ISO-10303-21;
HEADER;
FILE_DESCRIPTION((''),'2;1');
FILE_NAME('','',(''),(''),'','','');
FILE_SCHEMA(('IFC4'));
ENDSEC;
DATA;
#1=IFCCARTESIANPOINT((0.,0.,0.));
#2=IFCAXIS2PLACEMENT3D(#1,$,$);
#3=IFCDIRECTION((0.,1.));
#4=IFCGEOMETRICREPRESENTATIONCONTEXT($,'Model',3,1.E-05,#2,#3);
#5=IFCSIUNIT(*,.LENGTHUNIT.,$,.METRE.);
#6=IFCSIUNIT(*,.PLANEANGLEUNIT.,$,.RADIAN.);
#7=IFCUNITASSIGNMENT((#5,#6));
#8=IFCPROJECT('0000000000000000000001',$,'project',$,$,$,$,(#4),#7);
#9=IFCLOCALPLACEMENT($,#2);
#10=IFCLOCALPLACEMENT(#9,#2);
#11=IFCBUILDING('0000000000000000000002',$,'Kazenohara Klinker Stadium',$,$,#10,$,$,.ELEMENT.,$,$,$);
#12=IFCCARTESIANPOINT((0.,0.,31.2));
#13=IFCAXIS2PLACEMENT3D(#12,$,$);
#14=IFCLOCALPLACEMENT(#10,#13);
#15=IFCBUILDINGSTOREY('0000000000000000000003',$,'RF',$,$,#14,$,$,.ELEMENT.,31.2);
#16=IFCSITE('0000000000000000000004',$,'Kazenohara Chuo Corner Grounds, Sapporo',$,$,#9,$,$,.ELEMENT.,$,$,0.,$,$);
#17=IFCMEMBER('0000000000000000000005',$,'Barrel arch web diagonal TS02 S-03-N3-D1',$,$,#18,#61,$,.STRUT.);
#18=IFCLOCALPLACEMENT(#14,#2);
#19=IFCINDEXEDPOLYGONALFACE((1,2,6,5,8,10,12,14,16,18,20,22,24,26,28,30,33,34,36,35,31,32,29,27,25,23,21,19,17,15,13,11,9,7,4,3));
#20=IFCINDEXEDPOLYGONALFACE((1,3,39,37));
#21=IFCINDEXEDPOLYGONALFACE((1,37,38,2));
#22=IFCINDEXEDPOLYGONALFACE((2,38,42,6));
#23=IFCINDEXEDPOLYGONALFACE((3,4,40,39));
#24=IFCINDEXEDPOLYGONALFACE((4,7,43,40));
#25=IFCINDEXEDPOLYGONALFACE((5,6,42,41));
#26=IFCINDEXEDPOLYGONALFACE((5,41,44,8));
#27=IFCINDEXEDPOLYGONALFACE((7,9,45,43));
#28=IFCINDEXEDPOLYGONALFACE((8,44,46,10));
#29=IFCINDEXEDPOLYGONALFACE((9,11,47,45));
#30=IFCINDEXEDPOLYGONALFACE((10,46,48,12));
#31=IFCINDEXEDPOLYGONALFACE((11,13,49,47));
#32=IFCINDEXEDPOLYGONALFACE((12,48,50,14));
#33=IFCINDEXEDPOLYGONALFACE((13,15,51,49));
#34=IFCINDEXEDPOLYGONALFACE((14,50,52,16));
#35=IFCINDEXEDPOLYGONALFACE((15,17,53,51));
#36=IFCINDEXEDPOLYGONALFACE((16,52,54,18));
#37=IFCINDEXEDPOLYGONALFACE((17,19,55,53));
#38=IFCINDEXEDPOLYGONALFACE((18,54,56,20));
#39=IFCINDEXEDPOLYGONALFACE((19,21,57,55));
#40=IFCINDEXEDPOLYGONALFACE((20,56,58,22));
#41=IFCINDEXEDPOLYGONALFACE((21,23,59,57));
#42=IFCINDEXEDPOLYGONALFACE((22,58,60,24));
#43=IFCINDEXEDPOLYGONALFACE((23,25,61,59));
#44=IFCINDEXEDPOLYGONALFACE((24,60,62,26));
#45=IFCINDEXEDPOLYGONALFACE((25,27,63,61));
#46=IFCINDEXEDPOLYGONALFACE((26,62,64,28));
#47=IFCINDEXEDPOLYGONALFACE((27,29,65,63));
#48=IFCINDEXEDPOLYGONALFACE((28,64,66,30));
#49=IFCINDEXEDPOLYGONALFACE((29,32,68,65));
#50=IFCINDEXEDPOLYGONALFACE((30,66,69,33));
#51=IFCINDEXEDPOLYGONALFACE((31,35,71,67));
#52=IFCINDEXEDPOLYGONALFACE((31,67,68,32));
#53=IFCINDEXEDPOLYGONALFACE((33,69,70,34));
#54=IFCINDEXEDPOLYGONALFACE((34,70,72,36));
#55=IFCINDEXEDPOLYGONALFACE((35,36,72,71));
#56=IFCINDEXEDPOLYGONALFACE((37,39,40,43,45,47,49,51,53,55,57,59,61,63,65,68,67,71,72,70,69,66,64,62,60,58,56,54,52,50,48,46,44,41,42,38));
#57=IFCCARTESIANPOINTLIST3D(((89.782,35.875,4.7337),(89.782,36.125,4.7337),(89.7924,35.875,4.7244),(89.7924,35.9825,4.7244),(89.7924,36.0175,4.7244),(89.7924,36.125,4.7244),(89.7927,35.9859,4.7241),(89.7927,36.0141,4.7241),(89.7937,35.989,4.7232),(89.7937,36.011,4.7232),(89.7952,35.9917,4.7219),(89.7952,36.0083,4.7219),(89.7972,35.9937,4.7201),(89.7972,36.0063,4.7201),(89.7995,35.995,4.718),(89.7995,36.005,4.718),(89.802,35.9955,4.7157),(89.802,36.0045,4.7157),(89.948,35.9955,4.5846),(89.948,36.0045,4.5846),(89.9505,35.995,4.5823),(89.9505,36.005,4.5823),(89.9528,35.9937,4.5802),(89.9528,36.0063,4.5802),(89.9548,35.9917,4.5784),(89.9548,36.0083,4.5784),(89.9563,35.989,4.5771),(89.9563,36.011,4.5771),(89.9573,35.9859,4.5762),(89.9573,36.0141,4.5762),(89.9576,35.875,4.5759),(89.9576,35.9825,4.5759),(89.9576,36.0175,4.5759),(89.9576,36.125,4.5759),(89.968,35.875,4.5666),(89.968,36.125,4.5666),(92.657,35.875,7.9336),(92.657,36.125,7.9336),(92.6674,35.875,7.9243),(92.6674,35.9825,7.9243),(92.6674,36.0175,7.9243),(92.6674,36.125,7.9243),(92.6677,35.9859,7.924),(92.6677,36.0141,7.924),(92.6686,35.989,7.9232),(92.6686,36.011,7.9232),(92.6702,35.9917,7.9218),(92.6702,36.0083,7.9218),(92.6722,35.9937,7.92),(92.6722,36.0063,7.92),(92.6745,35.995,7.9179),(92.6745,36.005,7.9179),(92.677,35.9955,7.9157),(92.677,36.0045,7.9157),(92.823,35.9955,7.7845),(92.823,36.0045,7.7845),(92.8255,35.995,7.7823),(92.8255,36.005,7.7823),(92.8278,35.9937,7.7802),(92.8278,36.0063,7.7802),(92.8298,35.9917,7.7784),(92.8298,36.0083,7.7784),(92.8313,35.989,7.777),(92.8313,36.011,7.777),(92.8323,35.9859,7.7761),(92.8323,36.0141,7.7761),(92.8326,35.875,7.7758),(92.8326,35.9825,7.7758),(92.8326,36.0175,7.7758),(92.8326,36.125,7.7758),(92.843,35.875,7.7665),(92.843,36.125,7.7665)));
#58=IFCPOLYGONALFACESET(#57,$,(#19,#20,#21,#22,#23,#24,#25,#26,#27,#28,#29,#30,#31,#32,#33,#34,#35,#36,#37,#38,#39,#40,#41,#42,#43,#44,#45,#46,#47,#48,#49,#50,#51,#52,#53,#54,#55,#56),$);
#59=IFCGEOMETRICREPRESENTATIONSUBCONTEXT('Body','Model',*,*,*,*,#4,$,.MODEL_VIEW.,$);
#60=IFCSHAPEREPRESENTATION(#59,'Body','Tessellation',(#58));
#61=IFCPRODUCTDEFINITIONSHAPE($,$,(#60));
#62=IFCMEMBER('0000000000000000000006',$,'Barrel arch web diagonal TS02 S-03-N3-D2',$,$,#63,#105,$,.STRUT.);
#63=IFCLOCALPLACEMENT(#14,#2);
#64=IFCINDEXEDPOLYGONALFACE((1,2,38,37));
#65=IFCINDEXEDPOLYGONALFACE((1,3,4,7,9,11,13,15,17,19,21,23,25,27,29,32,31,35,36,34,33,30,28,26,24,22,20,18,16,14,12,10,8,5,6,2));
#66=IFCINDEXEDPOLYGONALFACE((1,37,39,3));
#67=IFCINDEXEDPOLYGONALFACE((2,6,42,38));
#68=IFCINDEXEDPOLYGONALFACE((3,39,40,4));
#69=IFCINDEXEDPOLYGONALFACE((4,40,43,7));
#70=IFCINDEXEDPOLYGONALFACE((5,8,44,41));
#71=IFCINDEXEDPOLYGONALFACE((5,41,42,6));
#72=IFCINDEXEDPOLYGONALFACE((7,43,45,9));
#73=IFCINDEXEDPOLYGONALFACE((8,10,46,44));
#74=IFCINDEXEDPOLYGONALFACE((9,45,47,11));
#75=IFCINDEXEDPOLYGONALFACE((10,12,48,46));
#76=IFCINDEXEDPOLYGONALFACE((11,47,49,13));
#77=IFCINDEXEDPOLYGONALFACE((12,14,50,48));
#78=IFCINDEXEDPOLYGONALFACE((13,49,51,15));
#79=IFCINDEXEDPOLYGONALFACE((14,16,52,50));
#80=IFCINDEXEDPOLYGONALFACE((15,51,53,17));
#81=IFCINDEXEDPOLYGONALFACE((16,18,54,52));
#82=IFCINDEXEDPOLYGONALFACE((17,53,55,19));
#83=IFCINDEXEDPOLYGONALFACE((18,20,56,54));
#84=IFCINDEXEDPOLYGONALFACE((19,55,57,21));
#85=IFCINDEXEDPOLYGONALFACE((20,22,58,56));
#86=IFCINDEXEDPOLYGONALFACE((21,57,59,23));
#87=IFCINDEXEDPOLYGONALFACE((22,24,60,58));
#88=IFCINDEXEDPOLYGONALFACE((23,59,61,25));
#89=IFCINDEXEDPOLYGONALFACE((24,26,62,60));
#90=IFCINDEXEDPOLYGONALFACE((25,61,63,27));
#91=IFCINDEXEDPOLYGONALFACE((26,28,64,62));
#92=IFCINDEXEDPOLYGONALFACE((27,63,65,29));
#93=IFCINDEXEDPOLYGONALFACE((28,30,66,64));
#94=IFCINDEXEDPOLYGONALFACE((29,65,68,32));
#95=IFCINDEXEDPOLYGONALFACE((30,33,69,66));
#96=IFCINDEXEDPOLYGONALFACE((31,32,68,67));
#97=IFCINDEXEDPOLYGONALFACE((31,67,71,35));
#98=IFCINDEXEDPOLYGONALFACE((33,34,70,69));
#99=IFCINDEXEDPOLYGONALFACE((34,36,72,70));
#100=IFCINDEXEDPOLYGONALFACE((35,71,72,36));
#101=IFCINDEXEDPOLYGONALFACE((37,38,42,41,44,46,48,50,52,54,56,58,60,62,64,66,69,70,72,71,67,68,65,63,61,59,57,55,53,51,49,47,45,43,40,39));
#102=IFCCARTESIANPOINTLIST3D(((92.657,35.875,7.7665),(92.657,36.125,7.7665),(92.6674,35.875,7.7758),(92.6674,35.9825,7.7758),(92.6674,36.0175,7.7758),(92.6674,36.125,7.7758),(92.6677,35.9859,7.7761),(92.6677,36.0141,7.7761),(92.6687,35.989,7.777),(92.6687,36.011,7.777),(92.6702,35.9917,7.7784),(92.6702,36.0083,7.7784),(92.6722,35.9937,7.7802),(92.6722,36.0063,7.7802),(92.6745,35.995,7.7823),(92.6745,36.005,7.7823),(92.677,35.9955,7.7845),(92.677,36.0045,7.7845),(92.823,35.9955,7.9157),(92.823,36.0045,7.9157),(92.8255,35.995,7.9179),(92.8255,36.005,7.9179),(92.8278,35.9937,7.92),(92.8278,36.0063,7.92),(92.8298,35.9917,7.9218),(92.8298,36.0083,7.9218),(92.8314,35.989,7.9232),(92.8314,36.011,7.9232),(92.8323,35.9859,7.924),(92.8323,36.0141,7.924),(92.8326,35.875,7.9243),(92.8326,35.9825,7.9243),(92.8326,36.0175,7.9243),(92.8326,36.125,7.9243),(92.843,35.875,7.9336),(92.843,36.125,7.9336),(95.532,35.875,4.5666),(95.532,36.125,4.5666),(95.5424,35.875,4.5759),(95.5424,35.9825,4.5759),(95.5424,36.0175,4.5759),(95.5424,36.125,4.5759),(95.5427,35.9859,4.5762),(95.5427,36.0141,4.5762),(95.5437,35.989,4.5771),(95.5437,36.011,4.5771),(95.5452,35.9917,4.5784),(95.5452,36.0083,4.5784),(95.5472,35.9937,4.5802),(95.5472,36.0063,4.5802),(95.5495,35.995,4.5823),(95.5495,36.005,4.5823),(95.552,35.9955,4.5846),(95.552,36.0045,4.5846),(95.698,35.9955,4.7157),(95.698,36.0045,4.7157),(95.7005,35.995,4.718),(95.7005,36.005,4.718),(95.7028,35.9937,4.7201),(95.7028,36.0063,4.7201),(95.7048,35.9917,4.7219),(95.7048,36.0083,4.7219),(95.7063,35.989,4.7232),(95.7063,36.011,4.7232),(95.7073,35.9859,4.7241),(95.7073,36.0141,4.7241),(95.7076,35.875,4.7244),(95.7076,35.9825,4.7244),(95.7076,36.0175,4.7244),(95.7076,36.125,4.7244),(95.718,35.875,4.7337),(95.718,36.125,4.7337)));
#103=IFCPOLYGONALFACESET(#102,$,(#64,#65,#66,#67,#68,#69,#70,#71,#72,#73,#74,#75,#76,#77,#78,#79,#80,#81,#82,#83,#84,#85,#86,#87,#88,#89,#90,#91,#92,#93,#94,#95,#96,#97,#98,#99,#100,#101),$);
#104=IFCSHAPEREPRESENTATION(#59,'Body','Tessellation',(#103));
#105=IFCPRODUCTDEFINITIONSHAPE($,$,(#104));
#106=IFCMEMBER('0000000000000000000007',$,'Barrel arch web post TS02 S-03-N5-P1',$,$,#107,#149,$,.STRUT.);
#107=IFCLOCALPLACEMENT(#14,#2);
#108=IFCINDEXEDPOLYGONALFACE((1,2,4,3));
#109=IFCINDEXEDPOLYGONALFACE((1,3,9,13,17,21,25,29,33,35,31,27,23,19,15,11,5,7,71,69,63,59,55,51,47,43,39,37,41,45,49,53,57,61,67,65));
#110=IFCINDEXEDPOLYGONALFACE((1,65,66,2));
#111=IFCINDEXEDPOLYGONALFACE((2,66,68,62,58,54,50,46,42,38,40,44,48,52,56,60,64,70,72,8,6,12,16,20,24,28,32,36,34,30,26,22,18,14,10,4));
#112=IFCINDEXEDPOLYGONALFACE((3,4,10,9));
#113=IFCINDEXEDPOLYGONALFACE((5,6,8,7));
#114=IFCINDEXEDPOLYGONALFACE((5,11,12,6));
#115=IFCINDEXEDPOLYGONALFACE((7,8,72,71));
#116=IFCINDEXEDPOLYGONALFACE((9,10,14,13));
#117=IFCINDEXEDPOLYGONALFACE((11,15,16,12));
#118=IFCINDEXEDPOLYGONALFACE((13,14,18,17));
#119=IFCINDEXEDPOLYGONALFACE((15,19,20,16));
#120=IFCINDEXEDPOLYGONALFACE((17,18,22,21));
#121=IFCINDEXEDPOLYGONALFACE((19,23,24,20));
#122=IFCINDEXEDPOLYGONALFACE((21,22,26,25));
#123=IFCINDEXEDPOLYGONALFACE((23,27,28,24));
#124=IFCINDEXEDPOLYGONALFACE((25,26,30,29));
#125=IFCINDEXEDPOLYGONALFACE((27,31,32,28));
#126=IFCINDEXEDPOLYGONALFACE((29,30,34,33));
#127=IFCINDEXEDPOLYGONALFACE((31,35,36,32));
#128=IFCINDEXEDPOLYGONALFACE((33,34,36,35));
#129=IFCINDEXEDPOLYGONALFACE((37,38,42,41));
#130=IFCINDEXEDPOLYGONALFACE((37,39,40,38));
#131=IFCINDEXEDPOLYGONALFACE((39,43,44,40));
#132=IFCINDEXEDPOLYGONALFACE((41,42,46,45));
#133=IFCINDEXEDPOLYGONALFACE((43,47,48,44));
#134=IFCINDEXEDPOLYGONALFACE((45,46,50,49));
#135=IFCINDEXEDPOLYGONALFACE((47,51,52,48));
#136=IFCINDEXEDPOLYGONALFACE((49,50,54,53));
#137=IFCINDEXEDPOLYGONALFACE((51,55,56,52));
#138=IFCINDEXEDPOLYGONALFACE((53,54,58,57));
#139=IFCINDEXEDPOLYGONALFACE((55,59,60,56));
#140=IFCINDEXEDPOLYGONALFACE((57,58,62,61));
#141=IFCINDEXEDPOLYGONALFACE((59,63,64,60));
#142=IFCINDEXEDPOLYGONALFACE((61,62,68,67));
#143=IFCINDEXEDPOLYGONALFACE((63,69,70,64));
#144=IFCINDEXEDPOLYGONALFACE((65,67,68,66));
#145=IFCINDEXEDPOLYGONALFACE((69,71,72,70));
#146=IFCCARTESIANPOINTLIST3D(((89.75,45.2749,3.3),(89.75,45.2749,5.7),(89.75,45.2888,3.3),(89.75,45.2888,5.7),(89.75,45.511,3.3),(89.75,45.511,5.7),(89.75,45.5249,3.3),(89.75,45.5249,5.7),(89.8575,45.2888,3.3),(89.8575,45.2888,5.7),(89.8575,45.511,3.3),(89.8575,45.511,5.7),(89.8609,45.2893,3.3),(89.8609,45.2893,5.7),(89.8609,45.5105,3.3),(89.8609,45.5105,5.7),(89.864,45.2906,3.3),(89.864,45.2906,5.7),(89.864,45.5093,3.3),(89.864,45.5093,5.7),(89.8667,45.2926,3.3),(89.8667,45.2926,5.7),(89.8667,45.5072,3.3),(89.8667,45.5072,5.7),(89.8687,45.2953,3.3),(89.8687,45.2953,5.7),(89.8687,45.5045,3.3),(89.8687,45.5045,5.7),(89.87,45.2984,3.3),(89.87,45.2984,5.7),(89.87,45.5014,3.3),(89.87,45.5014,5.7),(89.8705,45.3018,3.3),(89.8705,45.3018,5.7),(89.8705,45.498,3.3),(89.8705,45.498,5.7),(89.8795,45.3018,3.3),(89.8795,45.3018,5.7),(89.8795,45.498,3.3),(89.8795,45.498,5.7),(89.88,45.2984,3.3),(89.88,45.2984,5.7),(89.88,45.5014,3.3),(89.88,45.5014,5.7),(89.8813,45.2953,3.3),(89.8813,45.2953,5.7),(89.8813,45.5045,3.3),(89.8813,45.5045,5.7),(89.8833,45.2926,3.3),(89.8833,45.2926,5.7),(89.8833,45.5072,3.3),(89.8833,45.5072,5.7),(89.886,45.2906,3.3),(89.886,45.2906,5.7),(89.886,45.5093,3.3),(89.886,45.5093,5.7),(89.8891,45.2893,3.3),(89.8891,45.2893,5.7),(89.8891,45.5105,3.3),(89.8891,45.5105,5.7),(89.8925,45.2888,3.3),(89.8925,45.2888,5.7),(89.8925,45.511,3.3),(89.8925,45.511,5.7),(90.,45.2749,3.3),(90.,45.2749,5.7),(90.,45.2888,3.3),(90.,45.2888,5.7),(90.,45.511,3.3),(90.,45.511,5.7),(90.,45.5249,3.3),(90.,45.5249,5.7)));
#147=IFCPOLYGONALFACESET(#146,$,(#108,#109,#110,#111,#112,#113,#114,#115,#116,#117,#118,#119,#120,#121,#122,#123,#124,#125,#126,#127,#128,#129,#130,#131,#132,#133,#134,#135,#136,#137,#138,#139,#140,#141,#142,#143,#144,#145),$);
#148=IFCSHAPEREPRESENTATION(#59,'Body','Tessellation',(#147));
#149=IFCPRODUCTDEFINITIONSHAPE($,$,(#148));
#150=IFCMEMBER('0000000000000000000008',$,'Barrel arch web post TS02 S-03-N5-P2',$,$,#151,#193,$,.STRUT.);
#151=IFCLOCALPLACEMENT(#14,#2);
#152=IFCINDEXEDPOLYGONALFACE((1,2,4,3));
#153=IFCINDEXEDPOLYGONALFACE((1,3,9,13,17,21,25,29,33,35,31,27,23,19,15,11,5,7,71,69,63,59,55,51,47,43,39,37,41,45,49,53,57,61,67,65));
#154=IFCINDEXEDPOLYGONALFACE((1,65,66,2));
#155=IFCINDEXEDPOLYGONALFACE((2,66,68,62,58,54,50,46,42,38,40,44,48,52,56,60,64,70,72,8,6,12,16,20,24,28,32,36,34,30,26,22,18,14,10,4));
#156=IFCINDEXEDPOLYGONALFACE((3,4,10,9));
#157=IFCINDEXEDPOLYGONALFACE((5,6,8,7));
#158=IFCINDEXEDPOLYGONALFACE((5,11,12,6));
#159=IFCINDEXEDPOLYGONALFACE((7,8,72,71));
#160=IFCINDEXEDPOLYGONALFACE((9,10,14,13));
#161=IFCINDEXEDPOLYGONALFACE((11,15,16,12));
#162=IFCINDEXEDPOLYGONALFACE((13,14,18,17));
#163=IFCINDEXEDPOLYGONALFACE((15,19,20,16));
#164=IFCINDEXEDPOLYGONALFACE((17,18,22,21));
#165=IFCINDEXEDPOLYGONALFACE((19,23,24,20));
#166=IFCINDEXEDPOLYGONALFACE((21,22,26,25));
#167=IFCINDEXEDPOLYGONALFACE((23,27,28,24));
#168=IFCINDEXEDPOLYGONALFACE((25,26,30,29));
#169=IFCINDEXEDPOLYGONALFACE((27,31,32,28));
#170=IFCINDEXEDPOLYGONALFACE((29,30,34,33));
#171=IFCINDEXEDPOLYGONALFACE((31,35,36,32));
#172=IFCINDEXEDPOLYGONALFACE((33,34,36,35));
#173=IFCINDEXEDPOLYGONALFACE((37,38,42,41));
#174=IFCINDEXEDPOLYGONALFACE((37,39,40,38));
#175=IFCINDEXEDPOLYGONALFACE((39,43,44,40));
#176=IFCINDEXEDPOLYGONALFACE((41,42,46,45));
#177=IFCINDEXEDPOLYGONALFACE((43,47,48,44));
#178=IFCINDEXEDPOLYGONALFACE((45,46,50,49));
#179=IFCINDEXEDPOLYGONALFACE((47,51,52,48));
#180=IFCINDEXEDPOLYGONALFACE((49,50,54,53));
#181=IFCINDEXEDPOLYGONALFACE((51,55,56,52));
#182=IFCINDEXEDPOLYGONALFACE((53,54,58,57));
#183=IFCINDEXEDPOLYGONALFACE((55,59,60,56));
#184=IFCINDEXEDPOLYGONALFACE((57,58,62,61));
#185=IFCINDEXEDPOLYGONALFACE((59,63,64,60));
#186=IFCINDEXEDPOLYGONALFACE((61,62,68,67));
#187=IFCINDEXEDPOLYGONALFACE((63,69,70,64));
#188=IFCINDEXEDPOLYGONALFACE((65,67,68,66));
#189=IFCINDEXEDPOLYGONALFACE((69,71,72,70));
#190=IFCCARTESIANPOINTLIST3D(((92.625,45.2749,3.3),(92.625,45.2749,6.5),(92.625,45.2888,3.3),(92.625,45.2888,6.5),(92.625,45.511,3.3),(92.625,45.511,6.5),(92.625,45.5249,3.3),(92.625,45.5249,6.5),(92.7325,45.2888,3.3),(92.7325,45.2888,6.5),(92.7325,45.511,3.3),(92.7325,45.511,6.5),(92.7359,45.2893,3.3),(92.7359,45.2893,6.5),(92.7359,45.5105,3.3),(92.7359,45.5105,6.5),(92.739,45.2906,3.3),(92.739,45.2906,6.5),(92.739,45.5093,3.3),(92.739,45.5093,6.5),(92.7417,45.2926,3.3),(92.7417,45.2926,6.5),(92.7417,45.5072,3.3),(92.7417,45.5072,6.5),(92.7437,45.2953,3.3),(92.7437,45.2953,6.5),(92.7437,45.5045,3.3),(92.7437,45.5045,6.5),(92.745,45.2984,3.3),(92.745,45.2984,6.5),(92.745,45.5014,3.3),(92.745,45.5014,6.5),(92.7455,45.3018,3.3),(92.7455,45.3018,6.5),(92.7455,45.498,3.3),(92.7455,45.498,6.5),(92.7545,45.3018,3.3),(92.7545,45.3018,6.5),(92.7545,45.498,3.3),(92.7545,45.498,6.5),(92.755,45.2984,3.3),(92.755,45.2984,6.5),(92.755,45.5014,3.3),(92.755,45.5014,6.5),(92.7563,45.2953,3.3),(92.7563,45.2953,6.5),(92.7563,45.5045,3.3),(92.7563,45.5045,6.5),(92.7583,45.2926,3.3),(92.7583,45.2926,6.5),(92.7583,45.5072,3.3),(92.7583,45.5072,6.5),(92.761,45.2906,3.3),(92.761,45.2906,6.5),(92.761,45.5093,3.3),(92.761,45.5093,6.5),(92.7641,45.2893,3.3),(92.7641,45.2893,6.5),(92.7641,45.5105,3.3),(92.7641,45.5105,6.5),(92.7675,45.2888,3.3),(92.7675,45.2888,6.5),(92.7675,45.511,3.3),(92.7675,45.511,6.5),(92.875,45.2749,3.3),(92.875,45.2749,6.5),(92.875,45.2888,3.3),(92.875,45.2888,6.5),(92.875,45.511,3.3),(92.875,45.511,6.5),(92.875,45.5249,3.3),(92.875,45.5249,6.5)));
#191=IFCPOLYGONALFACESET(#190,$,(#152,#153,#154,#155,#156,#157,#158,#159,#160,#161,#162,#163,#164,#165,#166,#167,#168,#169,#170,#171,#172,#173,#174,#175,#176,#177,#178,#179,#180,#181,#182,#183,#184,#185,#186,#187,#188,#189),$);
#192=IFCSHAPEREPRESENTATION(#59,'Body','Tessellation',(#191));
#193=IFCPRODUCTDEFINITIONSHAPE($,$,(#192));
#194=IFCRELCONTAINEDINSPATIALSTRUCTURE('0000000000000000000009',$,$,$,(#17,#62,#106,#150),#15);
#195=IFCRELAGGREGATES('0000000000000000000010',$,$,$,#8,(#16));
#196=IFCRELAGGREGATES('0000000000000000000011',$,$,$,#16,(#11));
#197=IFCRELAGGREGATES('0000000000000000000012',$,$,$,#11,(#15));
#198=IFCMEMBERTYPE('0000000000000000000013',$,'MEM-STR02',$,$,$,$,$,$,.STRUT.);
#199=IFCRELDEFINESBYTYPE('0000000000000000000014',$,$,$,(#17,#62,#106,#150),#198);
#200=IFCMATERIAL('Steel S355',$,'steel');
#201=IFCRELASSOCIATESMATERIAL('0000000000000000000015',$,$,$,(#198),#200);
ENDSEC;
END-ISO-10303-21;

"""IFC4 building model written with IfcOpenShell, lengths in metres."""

from ifc_helpers import new_model, si_unit, direction, frame, origin, origin_2d, place, context, subcontext, project, spatial, i_section, extrude, material, material_profile, profile_set, type_object, element, save


model = new_model("IFC4")

# Units and contexts
model_context = context("Model", 3, precision=1e-05, world=origin(), true_north=direction((0.0, 1.0)))
body_context = subcontext(model_context, "Body", "Model", "MODEL_VIEW")
ifc_project = project(units=[si_unit("LENGTHUNIT", "METRE"), si_unit("PLANEANGLEUNIT", "RADIAN")], contexts=[model_context])

# Site, building, storey
site_placement = place(None, origin())
site = spatial("IfcSite", under=ifc_project, at=site_placement, Name="Kazenohara Chuo Corner Grounds, Sapporo", CompositionType="ELEMENT", RefElevation=0.0)
building_placement = place(site_placement, origin())
building = spatial("IfcBuilding", under=site, at=building_placement, Name="Kazenohara Klinker Stadium", CompositionType="ELEMENT")
storey_placement = place(building_placement, frame((0.0, 0.0, 31.2)))
storey = spatial("IfcBuildingStorey", under=building, at=storey_placement, Name="RF", CompositionType="ELEMENT", Elevation=31.2)

# Members
ifc_material_1 = material(Name="Steel S355", Category="steel")
ifc_material_profile_1 = material_profile(ifc_material_1, i_section(OverallWidth=0.25, OverallDepth=0.25, WebThickness=0.009, FlangeThickness=0.0139, FilletRadius=0.0129, at=origin_2d()), Name="H-250x250x9x14")
ifc_profile_set_1 = profile_set([ifc_material_profile_1], Name="Steel S355")
member_type_1 = type_object("IfcMemberType", Name="MEM-STR02", PredefinedType="STRUT", material=ifc_profile_set_1)
for number, where, z_axis, x_axis, name in (
    (1, (89.875, 36.0, 4.6501), (0.668328, 0.0, 0.743867), (0.0, 1.0, 0.0), "Barrel arch web diagonal TS02 S-03-N3-D1"),
    (2, (95.625, 36.0, 4.6501), (-0.668328, 0.0, 0.743867), (0.0, -1.0, 0.0), "Barrel arch web diagonal TS02 S-03-N3-D2"),
):
    element("IfcMember", number, at=place(storey_placement, frame(where, z_axis=z_axis, x_axis=x_axis)), inside=storey, type_object=member_type_1, Name=name, PredefinedType="STRUT", context=body_context, shape_type="SweptSolid", body=[
        extrude(i_section(OverallWidth=0.25, OverallDepth=0.25, WebThickness=0.009, FlangeThickness=0.0139, FilletRadius=0.0129, at=origin_2d()), origin(), (0.0, 0.0, 1.0), 4.3018),
    ])
member_1_placement = place(storey_placement, frame((89.875, 45.3999, 3.3), z_axis=(0.0, 0.0, 1.0), x_axis=(1.0, 0.0, 0.0)))
element("IfcMember", 3, at=member_1_placement, inside=storey, type_object=member_type_1, Name="Barrel arch web post TS02 S-03-N5-P1", PredefinedType="STRUT", context=body_context, shape_type="SweptSolid", body=[
    extrude(i_section(OverallWidth=0.25, OverallDepth=0.25, WebThickness=0.009, FlangeThickness=0.0139, FilletRadius=0.0129, at=origin_2d()), origin(), (0.0, 0.0, 1.0), 2.3999),
])
member_2_placement = place(storey_placement, frame((92.75, 45.3999, 3.3), z_axis=(0.0, 0.0, 1.0), x_axis=(1.0, 0.0, 0.0)))
element("IfcMember", 4, at=member_2_placement, inside=storey, type_object=member_type_1, Name="Barrel arch web post TS02 S-03-N5-P2", PredefinedType="STRUT", context=body_context, shape_type="SweptSolid", body=[
    extrude(i_section(OverallWidth=0.25, OverallDepth=0.25, WebThickness=0.009, FlangeThickness=0.0139, FilletRadius=0.0129, at=origin_2d()), origin(), (0.0, 0.0, 1.0), 3.2),
])

save(model, "model.ifc")
